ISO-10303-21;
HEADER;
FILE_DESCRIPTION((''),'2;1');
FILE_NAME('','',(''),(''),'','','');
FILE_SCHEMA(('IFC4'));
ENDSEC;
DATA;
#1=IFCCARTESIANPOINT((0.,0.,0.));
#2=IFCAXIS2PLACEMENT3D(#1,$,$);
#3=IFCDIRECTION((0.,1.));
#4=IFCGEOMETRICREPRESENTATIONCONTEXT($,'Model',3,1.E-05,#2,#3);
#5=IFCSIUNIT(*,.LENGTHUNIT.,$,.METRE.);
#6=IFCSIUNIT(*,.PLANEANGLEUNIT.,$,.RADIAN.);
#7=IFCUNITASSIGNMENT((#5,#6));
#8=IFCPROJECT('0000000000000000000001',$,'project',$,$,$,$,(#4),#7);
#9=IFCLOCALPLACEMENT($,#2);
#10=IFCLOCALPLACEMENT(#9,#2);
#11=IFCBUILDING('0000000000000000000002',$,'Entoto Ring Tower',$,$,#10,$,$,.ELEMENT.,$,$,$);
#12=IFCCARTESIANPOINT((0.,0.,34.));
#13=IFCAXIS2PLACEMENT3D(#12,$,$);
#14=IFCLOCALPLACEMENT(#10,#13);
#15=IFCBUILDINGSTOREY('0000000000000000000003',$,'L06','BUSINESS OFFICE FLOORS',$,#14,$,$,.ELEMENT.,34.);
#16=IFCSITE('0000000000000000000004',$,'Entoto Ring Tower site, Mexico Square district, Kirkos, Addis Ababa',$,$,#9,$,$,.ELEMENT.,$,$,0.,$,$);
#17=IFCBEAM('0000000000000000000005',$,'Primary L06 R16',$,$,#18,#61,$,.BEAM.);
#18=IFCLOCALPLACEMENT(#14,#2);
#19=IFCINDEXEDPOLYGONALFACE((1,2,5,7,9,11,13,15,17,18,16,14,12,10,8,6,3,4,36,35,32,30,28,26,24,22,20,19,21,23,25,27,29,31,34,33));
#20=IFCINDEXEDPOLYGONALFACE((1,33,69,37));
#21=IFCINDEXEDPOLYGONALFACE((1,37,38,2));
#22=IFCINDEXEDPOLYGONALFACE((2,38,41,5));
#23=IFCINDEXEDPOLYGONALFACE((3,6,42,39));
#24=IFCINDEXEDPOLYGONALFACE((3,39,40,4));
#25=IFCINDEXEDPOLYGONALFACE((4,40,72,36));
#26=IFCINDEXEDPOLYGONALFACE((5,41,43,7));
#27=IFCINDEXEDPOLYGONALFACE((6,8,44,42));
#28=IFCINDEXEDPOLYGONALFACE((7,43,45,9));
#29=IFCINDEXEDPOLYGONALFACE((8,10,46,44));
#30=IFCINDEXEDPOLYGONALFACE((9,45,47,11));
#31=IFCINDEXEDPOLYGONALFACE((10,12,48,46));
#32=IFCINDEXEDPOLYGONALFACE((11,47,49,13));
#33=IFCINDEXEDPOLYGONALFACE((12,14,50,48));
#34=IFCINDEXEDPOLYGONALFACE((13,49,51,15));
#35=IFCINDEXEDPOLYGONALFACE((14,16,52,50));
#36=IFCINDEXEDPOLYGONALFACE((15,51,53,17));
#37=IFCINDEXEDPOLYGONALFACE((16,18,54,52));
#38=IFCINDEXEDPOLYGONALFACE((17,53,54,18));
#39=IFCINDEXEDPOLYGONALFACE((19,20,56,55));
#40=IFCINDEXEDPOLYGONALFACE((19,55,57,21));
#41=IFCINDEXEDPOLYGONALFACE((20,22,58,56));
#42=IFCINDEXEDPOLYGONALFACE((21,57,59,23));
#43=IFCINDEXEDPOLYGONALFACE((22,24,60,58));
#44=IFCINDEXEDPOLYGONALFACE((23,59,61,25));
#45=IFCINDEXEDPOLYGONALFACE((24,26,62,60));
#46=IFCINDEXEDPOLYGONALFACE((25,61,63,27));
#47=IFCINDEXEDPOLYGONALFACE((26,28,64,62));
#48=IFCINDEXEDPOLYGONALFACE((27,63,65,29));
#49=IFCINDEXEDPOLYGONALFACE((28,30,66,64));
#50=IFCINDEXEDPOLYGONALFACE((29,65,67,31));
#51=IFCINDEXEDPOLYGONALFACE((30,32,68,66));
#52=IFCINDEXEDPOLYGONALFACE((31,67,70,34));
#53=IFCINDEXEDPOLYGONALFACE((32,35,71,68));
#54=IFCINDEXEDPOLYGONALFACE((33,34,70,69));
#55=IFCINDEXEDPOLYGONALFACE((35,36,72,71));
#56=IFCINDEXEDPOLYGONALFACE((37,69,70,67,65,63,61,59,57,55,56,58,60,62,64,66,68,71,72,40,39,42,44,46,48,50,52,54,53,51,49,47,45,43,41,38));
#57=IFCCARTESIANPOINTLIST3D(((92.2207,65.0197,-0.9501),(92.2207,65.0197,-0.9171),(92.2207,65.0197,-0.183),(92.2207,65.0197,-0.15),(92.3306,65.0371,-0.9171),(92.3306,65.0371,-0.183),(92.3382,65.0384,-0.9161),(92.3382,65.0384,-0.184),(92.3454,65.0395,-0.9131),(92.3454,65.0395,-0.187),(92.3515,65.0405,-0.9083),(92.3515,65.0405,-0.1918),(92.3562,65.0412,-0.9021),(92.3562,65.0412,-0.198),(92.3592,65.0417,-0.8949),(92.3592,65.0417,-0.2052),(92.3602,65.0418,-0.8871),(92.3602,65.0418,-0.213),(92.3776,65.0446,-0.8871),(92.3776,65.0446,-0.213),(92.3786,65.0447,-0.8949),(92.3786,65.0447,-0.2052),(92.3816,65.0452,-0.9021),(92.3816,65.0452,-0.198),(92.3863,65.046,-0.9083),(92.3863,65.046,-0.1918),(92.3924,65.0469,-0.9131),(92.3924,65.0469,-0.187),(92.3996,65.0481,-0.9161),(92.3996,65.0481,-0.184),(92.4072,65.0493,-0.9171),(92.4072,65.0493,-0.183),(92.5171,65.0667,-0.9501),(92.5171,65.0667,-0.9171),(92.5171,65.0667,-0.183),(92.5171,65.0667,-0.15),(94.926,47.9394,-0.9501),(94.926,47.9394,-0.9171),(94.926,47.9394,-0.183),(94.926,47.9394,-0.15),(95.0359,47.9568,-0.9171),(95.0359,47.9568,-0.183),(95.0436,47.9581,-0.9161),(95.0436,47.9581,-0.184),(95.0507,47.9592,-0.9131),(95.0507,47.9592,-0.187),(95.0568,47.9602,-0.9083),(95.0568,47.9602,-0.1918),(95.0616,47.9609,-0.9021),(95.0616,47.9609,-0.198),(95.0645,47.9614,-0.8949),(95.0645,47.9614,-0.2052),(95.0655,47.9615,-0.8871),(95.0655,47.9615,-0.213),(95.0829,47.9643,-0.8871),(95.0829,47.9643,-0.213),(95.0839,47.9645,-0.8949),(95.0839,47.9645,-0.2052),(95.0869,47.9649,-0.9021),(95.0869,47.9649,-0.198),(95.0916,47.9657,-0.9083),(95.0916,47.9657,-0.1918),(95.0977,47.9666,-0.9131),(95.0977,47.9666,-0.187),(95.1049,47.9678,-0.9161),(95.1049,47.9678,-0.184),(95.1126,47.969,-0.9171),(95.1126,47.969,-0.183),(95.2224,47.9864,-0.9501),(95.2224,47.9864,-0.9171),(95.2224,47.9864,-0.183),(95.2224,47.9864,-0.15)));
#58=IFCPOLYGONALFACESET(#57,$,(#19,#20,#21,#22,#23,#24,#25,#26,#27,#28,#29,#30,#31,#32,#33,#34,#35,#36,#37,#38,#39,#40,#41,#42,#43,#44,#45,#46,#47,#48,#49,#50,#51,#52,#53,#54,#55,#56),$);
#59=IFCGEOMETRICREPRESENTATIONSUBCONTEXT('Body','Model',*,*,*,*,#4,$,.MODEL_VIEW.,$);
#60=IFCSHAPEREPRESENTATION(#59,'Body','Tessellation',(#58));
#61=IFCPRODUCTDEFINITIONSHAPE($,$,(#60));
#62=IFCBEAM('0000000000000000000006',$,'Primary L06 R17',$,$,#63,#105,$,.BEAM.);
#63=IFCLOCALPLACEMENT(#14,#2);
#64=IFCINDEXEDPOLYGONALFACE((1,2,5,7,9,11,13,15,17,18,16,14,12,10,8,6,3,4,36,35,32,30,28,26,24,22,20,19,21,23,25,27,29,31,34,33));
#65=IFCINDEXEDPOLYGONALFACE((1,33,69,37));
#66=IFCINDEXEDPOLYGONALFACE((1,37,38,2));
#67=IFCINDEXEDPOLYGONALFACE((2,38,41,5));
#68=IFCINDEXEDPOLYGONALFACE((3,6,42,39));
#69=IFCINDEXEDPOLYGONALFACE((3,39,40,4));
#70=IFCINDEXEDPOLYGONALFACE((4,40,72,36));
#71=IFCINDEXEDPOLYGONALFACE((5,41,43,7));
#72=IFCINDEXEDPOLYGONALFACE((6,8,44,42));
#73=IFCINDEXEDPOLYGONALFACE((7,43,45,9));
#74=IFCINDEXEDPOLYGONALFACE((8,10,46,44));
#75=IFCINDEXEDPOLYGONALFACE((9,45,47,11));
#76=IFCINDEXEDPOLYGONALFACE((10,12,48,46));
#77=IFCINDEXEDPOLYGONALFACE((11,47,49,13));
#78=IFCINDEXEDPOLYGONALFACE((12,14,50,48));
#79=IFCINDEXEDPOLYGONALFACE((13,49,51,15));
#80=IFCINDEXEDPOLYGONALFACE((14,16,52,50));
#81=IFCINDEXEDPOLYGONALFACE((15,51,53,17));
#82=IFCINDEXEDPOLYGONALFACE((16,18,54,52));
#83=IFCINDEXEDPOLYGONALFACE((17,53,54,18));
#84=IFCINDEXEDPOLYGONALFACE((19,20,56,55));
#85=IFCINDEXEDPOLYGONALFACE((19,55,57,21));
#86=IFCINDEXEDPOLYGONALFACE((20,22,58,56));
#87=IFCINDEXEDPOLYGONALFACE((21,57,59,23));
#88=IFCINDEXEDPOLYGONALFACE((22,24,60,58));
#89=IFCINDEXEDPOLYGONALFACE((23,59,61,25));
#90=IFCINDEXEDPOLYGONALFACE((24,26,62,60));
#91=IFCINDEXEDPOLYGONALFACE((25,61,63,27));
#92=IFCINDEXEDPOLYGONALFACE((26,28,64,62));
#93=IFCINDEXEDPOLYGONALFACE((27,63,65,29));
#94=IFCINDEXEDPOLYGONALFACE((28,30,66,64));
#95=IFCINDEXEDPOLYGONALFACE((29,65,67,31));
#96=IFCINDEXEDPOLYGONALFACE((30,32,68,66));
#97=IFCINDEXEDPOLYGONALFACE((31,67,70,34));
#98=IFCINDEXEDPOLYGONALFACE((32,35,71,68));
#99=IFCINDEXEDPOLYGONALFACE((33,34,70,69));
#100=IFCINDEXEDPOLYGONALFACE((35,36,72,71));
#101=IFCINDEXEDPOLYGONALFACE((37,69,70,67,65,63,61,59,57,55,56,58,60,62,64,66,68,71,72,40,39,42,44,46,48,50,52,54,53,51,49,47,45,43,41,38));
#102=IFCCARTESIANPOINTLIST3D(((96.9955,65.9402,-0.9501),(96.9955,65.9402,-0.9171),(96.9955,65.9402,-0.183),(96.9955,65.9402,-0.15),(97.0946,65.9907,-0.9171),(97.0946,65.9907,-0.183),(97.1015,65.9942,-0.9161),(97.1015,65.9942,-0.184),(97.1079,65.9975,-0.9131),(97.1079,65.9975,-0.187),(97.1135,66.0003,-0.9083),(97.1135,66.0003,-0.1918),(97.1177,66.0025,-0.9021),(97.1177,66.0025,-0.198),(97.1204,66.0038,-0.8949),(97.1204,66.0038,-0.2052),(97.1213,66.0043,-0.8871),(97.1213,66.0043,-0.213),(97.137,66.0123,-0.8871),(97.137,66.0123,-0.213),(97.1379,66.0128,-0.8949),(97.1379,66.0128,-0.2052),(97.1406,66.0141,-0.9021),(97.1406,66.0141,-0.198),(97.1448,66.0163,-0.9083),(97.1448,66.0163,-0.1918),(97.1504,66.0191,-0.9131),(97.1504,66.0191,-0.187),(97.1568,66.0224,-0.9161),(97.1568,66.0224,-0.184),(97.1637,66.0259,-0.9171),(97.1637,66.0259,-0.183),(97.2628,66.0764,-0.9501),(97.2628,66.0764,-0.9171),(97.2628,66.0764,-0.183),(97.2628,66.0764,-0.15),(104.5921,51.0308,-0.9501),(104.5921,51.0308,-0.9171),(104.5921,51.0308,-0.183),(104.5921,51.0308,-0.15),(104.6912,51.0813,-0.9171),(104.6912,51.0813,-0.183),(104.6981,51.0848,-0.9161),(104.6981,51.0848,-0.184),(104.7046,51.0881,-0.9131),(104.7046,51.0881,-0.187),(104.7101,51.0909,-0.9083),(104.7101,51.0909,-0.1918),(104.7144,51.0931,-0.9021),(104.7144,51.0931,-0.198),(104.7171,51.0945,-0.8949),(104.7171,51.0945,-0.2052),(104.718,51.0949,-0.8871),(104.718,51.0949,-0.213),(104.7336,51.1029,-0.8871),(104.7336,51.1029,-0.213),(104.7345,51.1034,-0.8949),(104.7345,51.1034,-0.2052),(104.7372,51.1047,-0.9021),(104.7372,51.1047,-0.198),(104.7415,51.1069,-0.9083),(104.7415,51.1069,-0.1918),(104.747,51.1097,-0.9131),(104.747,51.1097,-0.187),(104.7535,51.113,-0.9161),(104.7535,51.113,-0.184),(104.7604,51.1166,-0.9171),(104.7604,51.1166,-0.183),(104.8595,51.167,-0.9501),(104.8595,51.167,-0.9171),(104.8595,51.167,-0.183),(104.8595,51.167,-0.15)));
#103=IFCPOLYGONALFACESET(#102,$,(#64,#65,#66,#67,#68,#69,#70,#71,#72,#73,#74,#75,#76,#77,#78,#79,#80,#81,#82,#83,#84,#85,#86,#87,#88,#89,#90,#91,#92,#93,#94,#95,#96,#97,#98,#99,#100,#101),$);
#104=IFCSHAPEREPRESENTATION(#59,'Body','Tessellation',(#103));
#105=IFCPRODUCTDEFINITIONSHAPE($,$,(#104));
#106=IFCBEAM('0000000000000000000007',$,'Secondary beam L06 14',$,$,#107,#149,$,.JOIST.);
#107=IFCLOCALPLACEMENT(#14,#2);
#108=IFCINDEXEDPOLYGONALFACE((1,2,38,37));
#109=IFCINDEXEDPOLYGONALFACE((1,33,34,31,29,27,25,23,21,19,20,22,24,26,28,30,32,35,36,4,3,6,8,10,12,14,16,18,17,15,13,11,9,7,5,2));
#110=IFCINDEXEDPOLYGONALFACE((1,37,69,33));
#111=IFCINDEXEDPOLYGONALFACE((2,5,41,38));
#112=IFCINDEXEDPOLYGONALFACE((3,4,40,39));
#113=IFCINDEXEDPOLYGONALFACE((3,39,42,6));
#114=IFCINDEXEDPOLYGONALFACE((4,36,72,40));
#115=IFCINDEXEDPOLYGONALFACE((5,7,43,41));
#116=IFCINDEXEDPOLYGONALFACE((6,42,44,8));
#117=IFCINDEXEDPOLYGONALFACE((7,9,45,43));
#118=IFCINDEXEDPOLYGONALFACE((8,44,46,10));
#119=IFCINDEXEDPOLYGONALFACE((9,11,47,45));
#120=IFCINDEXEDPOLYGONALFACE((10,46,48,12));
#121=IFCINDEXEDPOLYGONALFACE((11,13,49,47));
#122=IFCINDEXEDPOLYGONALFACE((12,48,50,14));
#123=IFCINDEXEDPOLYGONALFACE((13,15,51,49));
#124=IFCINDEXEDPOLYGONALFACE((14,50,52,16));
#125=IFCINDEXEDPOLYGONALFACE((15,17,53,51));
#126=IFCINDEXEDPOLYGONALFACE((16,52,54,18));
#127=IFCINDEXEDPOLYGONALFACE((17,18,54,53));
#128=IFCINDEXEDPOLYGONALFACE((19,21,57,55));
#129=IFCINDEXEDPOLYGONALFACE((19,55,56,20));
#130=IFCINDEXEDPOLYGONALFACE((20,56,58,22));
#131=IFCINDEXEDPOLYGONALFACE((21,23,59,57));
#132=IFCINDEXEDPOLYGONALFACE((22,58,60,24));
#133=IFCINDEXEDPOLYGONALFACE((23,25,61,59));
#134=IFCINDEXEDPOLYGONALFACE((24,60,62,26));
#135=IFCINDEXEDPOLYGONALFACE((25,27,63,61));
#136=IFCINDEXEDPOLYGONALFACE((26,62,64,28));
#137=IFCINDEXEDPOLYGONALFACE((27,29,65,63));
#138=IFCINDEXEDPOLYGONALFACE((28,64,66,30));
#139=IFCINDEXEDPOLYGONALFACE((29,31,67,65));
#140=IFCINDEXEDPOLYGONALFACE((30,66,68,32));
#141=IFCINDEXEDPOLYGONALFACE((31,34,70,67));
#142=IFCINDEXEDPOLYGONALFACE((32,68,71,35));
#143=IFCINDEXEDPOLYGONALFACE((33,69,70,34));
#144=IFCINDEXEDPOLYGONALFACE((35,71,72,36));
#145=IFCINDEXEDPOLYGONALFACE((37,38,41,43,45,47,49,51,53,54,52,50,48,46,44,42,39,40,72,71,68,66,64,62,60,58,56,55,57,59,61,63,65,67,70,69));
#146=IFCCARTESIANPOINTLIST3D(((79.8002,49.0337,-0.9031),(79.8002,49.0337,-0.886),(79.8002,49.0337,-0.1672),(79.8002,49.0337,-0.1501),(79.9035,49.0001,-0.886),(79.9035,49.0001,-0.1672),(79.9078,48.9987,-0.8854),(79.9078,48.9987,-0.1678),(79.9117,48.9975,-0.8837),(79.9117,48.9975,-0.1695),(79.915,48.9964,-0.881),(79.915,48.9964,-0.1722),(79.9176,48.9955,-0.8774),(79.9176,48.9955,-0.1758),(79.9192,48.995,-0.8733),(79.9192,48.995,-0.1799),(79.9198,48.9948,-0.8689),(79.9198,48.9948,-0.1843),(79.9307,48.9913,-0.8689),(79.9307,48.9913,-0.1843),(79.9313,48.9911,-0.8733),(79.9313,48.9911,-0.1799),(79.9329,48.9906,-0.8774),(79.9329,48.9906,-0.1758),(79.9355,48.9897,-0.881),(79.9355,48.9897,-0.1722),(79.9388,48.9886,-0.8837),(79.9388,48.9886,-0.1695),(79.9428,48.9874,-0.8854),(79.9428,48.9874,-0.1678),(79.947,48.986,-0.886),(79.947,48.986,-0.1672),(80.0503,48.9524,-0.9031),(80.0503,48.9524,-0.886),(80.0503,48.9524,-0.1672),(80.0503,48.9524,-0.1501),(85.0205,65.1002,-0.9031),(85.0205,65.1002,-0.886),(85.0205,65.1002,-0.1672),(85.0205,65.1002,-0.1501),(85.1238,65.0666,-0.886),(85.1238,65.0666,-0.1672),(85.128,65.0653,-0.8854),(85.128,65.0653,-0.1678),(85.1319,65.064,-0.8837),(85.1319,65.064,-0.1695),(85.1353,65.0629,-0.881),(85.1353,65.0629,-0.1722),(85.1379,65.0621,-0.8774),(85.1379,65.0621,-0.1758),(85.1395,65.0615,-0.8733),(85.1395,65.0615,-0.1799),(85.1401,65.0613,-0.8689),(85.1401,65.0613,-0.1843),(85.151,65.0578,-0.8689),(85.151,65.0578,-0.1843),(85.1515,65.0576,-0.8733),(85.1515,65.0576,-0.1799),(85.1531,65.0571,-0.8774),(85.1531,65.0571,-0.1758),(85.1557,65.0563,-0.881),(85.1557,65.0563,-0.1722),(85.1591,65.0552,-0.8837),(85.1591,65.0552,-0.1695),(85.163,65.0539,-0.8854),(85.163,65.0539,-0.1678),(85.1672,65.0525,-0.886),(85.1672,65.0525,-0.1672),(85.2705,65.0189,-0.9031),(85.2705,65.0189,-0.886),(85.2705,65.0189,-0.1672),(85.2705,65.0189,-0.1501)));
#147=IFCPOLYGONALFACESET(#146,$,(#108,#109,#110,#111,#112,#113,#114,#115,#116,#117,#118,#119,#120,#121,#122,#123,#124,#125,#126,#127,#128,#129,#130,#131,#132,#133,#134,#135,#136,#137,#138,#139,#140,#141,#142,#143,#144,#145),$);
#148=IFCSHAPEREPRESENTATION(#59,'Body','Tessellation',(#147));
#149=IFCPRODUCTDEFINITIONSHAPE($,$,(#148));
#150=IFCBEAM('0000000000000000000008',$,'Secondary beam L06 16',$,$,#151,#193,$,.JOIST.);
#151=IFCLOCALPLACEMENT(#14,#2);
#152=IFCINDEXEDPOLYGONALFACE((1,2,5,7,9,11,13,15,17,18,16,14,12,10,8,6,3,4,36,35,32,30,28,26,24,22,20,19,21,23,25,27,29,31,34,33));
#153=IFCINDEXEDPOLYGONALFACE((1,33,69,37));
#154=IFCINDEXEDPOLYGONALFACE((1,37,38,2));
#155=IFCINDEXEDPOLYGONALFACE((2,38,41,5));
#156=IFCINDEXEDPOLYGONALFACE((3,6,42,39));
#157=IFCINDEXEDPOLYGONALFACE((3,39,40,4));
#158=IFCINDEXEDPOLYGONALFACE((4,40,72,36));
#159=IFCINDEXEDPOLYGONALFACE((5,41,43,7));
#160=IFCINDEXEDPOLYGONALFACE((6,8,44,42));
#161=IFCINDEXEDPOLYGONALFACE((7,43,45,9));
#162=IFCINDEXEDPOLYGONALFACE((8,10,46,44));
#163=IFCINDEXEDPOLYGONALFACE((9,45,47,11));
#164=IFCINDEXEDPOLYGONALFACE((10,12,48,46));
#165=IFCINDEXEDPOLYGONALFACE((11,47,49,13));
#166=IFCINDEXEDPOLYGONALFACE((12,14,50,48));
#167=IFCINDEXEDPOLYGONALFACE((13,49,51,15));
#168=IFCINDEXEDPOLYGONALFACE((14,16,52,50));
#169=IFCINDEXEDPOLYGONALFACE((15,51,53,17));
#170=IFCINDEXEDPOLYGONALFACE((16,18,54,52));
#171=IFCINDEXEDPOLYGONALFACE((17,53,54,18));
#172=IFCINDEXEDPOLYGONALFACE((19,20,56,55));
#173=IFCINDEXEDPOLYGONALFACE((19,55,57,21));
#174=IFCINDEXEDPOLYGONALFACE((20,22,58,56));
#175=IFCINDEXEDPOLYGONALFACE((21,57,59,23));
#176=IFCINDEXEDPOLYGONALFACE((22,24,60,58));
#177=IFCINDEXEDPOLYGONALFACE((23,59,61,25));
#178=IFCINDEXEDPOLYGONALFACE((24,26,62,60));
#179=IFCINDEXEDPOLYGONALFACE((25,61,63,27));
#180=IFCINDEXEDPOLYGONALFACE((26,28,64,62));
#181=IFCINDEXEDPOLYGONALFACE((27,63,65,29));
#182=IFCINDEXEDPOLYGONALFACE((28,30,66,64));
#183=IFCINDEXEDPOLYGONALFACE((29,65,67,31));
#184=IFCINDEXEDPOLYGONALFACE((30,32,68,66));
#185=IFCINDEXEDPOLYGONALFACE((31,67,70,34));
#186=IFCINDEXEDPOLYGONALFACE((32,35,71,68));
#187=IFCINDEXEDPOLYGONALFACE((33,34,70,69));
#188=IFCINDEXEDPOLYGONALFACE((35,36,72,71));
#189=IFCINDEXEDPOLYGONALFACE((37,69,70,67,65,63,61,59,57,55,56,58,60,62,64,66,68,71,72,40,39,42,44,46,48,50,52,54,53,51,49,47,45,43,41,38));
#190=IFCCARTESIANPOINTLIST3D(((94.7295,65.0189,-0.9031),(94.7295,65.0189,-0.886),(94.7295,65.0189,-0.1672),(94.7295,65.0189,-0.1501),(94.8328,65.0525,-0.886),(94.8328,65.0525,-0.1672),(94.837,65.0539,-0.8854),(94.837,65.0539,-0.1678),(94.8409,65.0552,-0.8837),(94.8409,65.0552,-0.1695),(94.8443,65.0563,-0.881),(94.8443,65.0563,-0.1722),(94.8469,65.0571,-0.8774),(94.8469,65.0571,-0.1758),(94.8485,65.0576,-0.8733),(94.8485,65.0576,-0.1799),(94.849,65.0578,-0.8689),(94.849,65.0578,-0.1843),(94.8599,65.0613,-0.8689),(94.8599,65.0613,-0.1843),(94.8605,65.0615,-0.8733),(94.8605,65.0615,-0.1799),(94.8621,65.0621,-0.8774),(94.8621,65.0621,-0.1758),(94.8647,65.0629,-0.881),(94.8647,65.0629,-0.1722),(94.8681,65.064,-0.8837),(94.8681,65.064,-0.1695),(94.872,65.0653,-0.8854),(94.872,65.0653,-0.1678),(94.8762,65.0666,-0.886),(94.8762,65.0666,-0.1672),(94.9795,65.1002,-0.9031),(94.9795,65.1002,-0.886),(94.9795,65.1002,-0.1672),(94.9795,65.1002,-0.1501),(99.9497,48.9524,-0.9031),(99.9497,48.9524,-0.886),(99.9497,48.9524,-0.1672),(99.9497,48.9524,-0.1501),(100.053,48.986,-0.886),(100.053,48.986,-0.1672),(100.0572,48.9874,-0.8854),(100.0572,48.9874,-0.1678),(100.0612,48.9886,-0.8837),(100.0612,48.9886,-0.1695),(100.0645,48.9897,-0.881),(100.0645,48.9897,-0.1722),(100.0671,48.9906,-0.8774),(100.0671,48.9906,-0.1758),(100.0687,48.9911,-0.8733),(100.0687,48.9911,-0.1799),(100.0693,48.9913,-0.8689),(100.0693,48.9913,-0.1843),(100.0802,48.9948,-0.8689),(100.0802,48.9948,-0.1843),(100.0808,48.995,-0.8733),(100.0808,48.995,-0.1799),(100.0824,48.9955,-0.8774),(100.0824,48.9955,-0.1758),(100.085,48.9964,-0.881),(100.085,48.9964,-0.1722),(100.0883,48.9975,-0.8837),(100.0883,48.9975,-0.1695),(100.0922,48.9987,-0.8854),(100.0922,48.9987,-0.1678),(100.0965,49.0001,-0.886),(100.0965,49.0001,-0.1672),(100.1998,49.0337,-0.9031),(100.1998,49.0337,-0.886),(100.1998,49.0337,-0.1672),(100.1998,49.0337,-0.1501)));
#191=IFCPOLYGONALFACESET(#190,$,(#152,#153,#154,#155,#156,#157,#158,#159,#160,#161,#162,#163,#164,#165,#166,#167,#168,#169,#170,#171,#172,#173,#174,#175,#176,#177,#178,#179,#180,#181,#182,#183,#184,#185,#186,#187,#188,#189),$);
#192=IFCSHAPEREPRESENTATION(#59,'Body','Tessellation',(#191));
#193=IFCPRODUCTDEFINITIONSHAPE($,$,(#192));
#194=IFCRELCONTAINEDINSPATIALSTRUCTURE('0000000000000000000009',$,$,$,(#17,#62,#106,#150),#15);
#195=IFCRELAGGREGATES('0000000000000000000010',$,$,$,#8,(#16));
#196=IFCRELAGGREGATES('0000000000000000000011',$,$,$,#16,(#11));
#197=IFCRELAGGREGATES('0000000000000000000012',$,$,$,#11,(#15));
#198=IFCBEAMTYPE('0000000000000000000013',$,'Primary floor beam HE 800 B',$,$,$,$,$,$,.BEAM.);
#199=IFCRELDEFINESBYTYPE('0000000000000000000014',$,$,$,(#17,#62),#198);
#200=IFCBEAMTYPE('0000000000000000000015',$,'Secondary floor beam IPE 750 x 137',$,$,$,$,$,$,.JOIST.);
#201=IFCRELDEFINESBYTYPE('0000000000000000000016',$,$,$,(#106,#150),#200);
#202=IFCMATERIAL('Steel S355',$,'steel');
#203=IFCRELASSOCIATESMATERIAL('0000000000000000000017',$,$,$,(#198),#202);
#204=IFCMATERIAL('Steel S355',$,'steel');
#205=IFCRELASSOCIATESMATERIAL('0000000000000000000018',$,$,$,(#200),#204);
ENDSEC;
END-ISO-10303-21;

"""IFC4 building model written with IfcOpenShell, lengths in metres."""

from ifc_helpers import new_model, si_unit, direction, frame, origin, origin_2d, place, context, subcontext, project, spatial, i_section, extrude, material, material_profile, profile_set, type_object, element, save


model = new_model("IFC4")

# Units and contexts
model_context = context("Model", 3, precision=1e-05, world=origin(), true_north=direction((0.0, 1.0)))
body_context = subcontext(model_context, "Body", "Model", "MODEL_VIEW")
ifc_project = project(units=[si_unit("LENGTHUNIT", "METRE"), si_unit("PLANEANGLEUNIT", "RADIAN")], contexts=[model_context])

# Site, building, storey
site_placement = place(None, origin())
site = spatial("IfcSite", under=ifc_project, at=site_placement, Name="Entoto Ring Tower site, Mexico Square district, Kirkos, Addis Ababa", CompositionType="ELEMENT", RefElevation=0.0)
building_placement = place(site_placement, origin())
building = spatial("IfcBuilding", under=site, at=building_placement, Name="Entoto Ring Tower", CompositionType="ELEMENT")
storey_placement = place(building_placement, frame((0.0, 0.0, 34.0)))
storey = spatial("IfcBuildingStorey", under=building, at=storey_placement, Name="L06", Description="BUSINESS OFFICE FLOORS", CompositionType="ELEMENT", Elevation=34.0)

# Beams
ifc_material_1 = material(Name="Steel S355", Category="steel")
ifc_material_profile_1 = material_profile(ifc_material_1, i_section(OverallWidth=0.3, OverallDepth=0.8, WebThickness=0.0176, FlangeThickness=0.033, FilletRadius=0.03, at=origin_2d()), Name="HE 800 B")
ifc_profile_set_1 = profile_set([ifc_material_profile_1], Name="Steel S355")
beam_type_1 = type_object("IfcBeamType", Name="Primary floor beam HE 800 B", PredefinedType="BEAM", material=ifc_profile_set_1)
beam_1_placement = place(storey_placement, frame((92.3689, 65.0432, -0.55), z_axis=(0.156438, -0.987688, 0.0), x_axis=(0.987688, 0.156438, 0.0)))
element("IfcBeam", 1, at=beam_1_placement, inside=storey, type_object=beam_type_1, Name="Primary L06 R16", PredefinedType="BEAM", context=body_context, shape_type="SweptSolid", body=[
    extrude(i_section(OverallWidth=0.3, OverallDepth=0.8, WebThickness=0.0176, FlangeThickness=0.033, FilletRadius=0.03, at=origin_2d()), origin(), (0.0, 0.0, 1.0), 17.2932),
])
beam_2_placement = place(storey_placement, frame((97.1292, 66.0083, -0.55), z_axis=(0.453988, -0.891008, 0.0), x_axis=(0.891008, 0.453988, 0.0)))
element("IfcBeam", 2, at=beam_2_placement, inside=storey, type_object=beam_type_1, Name="Primary L06 R17", PredefinedType="BEAM", context=body_context, shape_type="SweptSolid", body=[
    extrude(i_section(OverallWidth=0.3, OverallDepth=0.8, WebThickness=0.0176, FlangeThickness=0.033, FilletRadius=0.03, at=origin_2d()), origin(), (0.0, 0.0, 1.0), 16.7332),
])
ifc_material_2 = material(Name="Steel S355", Category="steel")
ifc_material_profile_2 = material_profile(ifc_material_2, i_section(OverallWidth=0.2629, OverallDepth=0.7529, WebThickness=0.0115, FlangeThickness=0.0171, FilletRadius=0.0171, at=origin_2d()), Name="IPE 750 x 137")
ifc_profile_set_2 = profile_set([ifc_material_profile_2], Name="Steel S355")
beam_type_2 = type_object("IfcBeamType", Name="Secondary floor beam IPE 750 x 137", PredefinedType="JOIST", material=ifc_profile_set_2)
for number, where, z_axis, x_axis, name in (
    (3, (85.1455, 65.0596, -0.5266), (-0.309013, -0.951058, 0.0), (0.951058, -0.309013, 0.0), "Secondary beam L06 14"),
    (4, (94.8545, 65.0596, -0.5266), (0.309013, -0.951058, 0.0), (0.951058, 0.309013, 0.0), "Secondary beam L06 16"),
):
    element("IfcBeam", number, at=place(storey_placement, frame(where, z_axis=z_axis, x_axis=x_axis)), inside=storey, type_object=beam_type_2, Name=name, PredefinedType="JOIST", context=body_context, shape_type="SweptSolid", body=[
        extrude(i_section(OverallWidth=0.2629, OverallDepth=0.7529, WebThickness=0.0115, FlangeThickness=0.0171, FilletRadius=0.0171, at=origin_2d()), origin(), (0.0, 0.0, 1.0), 16.8933),
    ])

save(model, "model.ifc")
